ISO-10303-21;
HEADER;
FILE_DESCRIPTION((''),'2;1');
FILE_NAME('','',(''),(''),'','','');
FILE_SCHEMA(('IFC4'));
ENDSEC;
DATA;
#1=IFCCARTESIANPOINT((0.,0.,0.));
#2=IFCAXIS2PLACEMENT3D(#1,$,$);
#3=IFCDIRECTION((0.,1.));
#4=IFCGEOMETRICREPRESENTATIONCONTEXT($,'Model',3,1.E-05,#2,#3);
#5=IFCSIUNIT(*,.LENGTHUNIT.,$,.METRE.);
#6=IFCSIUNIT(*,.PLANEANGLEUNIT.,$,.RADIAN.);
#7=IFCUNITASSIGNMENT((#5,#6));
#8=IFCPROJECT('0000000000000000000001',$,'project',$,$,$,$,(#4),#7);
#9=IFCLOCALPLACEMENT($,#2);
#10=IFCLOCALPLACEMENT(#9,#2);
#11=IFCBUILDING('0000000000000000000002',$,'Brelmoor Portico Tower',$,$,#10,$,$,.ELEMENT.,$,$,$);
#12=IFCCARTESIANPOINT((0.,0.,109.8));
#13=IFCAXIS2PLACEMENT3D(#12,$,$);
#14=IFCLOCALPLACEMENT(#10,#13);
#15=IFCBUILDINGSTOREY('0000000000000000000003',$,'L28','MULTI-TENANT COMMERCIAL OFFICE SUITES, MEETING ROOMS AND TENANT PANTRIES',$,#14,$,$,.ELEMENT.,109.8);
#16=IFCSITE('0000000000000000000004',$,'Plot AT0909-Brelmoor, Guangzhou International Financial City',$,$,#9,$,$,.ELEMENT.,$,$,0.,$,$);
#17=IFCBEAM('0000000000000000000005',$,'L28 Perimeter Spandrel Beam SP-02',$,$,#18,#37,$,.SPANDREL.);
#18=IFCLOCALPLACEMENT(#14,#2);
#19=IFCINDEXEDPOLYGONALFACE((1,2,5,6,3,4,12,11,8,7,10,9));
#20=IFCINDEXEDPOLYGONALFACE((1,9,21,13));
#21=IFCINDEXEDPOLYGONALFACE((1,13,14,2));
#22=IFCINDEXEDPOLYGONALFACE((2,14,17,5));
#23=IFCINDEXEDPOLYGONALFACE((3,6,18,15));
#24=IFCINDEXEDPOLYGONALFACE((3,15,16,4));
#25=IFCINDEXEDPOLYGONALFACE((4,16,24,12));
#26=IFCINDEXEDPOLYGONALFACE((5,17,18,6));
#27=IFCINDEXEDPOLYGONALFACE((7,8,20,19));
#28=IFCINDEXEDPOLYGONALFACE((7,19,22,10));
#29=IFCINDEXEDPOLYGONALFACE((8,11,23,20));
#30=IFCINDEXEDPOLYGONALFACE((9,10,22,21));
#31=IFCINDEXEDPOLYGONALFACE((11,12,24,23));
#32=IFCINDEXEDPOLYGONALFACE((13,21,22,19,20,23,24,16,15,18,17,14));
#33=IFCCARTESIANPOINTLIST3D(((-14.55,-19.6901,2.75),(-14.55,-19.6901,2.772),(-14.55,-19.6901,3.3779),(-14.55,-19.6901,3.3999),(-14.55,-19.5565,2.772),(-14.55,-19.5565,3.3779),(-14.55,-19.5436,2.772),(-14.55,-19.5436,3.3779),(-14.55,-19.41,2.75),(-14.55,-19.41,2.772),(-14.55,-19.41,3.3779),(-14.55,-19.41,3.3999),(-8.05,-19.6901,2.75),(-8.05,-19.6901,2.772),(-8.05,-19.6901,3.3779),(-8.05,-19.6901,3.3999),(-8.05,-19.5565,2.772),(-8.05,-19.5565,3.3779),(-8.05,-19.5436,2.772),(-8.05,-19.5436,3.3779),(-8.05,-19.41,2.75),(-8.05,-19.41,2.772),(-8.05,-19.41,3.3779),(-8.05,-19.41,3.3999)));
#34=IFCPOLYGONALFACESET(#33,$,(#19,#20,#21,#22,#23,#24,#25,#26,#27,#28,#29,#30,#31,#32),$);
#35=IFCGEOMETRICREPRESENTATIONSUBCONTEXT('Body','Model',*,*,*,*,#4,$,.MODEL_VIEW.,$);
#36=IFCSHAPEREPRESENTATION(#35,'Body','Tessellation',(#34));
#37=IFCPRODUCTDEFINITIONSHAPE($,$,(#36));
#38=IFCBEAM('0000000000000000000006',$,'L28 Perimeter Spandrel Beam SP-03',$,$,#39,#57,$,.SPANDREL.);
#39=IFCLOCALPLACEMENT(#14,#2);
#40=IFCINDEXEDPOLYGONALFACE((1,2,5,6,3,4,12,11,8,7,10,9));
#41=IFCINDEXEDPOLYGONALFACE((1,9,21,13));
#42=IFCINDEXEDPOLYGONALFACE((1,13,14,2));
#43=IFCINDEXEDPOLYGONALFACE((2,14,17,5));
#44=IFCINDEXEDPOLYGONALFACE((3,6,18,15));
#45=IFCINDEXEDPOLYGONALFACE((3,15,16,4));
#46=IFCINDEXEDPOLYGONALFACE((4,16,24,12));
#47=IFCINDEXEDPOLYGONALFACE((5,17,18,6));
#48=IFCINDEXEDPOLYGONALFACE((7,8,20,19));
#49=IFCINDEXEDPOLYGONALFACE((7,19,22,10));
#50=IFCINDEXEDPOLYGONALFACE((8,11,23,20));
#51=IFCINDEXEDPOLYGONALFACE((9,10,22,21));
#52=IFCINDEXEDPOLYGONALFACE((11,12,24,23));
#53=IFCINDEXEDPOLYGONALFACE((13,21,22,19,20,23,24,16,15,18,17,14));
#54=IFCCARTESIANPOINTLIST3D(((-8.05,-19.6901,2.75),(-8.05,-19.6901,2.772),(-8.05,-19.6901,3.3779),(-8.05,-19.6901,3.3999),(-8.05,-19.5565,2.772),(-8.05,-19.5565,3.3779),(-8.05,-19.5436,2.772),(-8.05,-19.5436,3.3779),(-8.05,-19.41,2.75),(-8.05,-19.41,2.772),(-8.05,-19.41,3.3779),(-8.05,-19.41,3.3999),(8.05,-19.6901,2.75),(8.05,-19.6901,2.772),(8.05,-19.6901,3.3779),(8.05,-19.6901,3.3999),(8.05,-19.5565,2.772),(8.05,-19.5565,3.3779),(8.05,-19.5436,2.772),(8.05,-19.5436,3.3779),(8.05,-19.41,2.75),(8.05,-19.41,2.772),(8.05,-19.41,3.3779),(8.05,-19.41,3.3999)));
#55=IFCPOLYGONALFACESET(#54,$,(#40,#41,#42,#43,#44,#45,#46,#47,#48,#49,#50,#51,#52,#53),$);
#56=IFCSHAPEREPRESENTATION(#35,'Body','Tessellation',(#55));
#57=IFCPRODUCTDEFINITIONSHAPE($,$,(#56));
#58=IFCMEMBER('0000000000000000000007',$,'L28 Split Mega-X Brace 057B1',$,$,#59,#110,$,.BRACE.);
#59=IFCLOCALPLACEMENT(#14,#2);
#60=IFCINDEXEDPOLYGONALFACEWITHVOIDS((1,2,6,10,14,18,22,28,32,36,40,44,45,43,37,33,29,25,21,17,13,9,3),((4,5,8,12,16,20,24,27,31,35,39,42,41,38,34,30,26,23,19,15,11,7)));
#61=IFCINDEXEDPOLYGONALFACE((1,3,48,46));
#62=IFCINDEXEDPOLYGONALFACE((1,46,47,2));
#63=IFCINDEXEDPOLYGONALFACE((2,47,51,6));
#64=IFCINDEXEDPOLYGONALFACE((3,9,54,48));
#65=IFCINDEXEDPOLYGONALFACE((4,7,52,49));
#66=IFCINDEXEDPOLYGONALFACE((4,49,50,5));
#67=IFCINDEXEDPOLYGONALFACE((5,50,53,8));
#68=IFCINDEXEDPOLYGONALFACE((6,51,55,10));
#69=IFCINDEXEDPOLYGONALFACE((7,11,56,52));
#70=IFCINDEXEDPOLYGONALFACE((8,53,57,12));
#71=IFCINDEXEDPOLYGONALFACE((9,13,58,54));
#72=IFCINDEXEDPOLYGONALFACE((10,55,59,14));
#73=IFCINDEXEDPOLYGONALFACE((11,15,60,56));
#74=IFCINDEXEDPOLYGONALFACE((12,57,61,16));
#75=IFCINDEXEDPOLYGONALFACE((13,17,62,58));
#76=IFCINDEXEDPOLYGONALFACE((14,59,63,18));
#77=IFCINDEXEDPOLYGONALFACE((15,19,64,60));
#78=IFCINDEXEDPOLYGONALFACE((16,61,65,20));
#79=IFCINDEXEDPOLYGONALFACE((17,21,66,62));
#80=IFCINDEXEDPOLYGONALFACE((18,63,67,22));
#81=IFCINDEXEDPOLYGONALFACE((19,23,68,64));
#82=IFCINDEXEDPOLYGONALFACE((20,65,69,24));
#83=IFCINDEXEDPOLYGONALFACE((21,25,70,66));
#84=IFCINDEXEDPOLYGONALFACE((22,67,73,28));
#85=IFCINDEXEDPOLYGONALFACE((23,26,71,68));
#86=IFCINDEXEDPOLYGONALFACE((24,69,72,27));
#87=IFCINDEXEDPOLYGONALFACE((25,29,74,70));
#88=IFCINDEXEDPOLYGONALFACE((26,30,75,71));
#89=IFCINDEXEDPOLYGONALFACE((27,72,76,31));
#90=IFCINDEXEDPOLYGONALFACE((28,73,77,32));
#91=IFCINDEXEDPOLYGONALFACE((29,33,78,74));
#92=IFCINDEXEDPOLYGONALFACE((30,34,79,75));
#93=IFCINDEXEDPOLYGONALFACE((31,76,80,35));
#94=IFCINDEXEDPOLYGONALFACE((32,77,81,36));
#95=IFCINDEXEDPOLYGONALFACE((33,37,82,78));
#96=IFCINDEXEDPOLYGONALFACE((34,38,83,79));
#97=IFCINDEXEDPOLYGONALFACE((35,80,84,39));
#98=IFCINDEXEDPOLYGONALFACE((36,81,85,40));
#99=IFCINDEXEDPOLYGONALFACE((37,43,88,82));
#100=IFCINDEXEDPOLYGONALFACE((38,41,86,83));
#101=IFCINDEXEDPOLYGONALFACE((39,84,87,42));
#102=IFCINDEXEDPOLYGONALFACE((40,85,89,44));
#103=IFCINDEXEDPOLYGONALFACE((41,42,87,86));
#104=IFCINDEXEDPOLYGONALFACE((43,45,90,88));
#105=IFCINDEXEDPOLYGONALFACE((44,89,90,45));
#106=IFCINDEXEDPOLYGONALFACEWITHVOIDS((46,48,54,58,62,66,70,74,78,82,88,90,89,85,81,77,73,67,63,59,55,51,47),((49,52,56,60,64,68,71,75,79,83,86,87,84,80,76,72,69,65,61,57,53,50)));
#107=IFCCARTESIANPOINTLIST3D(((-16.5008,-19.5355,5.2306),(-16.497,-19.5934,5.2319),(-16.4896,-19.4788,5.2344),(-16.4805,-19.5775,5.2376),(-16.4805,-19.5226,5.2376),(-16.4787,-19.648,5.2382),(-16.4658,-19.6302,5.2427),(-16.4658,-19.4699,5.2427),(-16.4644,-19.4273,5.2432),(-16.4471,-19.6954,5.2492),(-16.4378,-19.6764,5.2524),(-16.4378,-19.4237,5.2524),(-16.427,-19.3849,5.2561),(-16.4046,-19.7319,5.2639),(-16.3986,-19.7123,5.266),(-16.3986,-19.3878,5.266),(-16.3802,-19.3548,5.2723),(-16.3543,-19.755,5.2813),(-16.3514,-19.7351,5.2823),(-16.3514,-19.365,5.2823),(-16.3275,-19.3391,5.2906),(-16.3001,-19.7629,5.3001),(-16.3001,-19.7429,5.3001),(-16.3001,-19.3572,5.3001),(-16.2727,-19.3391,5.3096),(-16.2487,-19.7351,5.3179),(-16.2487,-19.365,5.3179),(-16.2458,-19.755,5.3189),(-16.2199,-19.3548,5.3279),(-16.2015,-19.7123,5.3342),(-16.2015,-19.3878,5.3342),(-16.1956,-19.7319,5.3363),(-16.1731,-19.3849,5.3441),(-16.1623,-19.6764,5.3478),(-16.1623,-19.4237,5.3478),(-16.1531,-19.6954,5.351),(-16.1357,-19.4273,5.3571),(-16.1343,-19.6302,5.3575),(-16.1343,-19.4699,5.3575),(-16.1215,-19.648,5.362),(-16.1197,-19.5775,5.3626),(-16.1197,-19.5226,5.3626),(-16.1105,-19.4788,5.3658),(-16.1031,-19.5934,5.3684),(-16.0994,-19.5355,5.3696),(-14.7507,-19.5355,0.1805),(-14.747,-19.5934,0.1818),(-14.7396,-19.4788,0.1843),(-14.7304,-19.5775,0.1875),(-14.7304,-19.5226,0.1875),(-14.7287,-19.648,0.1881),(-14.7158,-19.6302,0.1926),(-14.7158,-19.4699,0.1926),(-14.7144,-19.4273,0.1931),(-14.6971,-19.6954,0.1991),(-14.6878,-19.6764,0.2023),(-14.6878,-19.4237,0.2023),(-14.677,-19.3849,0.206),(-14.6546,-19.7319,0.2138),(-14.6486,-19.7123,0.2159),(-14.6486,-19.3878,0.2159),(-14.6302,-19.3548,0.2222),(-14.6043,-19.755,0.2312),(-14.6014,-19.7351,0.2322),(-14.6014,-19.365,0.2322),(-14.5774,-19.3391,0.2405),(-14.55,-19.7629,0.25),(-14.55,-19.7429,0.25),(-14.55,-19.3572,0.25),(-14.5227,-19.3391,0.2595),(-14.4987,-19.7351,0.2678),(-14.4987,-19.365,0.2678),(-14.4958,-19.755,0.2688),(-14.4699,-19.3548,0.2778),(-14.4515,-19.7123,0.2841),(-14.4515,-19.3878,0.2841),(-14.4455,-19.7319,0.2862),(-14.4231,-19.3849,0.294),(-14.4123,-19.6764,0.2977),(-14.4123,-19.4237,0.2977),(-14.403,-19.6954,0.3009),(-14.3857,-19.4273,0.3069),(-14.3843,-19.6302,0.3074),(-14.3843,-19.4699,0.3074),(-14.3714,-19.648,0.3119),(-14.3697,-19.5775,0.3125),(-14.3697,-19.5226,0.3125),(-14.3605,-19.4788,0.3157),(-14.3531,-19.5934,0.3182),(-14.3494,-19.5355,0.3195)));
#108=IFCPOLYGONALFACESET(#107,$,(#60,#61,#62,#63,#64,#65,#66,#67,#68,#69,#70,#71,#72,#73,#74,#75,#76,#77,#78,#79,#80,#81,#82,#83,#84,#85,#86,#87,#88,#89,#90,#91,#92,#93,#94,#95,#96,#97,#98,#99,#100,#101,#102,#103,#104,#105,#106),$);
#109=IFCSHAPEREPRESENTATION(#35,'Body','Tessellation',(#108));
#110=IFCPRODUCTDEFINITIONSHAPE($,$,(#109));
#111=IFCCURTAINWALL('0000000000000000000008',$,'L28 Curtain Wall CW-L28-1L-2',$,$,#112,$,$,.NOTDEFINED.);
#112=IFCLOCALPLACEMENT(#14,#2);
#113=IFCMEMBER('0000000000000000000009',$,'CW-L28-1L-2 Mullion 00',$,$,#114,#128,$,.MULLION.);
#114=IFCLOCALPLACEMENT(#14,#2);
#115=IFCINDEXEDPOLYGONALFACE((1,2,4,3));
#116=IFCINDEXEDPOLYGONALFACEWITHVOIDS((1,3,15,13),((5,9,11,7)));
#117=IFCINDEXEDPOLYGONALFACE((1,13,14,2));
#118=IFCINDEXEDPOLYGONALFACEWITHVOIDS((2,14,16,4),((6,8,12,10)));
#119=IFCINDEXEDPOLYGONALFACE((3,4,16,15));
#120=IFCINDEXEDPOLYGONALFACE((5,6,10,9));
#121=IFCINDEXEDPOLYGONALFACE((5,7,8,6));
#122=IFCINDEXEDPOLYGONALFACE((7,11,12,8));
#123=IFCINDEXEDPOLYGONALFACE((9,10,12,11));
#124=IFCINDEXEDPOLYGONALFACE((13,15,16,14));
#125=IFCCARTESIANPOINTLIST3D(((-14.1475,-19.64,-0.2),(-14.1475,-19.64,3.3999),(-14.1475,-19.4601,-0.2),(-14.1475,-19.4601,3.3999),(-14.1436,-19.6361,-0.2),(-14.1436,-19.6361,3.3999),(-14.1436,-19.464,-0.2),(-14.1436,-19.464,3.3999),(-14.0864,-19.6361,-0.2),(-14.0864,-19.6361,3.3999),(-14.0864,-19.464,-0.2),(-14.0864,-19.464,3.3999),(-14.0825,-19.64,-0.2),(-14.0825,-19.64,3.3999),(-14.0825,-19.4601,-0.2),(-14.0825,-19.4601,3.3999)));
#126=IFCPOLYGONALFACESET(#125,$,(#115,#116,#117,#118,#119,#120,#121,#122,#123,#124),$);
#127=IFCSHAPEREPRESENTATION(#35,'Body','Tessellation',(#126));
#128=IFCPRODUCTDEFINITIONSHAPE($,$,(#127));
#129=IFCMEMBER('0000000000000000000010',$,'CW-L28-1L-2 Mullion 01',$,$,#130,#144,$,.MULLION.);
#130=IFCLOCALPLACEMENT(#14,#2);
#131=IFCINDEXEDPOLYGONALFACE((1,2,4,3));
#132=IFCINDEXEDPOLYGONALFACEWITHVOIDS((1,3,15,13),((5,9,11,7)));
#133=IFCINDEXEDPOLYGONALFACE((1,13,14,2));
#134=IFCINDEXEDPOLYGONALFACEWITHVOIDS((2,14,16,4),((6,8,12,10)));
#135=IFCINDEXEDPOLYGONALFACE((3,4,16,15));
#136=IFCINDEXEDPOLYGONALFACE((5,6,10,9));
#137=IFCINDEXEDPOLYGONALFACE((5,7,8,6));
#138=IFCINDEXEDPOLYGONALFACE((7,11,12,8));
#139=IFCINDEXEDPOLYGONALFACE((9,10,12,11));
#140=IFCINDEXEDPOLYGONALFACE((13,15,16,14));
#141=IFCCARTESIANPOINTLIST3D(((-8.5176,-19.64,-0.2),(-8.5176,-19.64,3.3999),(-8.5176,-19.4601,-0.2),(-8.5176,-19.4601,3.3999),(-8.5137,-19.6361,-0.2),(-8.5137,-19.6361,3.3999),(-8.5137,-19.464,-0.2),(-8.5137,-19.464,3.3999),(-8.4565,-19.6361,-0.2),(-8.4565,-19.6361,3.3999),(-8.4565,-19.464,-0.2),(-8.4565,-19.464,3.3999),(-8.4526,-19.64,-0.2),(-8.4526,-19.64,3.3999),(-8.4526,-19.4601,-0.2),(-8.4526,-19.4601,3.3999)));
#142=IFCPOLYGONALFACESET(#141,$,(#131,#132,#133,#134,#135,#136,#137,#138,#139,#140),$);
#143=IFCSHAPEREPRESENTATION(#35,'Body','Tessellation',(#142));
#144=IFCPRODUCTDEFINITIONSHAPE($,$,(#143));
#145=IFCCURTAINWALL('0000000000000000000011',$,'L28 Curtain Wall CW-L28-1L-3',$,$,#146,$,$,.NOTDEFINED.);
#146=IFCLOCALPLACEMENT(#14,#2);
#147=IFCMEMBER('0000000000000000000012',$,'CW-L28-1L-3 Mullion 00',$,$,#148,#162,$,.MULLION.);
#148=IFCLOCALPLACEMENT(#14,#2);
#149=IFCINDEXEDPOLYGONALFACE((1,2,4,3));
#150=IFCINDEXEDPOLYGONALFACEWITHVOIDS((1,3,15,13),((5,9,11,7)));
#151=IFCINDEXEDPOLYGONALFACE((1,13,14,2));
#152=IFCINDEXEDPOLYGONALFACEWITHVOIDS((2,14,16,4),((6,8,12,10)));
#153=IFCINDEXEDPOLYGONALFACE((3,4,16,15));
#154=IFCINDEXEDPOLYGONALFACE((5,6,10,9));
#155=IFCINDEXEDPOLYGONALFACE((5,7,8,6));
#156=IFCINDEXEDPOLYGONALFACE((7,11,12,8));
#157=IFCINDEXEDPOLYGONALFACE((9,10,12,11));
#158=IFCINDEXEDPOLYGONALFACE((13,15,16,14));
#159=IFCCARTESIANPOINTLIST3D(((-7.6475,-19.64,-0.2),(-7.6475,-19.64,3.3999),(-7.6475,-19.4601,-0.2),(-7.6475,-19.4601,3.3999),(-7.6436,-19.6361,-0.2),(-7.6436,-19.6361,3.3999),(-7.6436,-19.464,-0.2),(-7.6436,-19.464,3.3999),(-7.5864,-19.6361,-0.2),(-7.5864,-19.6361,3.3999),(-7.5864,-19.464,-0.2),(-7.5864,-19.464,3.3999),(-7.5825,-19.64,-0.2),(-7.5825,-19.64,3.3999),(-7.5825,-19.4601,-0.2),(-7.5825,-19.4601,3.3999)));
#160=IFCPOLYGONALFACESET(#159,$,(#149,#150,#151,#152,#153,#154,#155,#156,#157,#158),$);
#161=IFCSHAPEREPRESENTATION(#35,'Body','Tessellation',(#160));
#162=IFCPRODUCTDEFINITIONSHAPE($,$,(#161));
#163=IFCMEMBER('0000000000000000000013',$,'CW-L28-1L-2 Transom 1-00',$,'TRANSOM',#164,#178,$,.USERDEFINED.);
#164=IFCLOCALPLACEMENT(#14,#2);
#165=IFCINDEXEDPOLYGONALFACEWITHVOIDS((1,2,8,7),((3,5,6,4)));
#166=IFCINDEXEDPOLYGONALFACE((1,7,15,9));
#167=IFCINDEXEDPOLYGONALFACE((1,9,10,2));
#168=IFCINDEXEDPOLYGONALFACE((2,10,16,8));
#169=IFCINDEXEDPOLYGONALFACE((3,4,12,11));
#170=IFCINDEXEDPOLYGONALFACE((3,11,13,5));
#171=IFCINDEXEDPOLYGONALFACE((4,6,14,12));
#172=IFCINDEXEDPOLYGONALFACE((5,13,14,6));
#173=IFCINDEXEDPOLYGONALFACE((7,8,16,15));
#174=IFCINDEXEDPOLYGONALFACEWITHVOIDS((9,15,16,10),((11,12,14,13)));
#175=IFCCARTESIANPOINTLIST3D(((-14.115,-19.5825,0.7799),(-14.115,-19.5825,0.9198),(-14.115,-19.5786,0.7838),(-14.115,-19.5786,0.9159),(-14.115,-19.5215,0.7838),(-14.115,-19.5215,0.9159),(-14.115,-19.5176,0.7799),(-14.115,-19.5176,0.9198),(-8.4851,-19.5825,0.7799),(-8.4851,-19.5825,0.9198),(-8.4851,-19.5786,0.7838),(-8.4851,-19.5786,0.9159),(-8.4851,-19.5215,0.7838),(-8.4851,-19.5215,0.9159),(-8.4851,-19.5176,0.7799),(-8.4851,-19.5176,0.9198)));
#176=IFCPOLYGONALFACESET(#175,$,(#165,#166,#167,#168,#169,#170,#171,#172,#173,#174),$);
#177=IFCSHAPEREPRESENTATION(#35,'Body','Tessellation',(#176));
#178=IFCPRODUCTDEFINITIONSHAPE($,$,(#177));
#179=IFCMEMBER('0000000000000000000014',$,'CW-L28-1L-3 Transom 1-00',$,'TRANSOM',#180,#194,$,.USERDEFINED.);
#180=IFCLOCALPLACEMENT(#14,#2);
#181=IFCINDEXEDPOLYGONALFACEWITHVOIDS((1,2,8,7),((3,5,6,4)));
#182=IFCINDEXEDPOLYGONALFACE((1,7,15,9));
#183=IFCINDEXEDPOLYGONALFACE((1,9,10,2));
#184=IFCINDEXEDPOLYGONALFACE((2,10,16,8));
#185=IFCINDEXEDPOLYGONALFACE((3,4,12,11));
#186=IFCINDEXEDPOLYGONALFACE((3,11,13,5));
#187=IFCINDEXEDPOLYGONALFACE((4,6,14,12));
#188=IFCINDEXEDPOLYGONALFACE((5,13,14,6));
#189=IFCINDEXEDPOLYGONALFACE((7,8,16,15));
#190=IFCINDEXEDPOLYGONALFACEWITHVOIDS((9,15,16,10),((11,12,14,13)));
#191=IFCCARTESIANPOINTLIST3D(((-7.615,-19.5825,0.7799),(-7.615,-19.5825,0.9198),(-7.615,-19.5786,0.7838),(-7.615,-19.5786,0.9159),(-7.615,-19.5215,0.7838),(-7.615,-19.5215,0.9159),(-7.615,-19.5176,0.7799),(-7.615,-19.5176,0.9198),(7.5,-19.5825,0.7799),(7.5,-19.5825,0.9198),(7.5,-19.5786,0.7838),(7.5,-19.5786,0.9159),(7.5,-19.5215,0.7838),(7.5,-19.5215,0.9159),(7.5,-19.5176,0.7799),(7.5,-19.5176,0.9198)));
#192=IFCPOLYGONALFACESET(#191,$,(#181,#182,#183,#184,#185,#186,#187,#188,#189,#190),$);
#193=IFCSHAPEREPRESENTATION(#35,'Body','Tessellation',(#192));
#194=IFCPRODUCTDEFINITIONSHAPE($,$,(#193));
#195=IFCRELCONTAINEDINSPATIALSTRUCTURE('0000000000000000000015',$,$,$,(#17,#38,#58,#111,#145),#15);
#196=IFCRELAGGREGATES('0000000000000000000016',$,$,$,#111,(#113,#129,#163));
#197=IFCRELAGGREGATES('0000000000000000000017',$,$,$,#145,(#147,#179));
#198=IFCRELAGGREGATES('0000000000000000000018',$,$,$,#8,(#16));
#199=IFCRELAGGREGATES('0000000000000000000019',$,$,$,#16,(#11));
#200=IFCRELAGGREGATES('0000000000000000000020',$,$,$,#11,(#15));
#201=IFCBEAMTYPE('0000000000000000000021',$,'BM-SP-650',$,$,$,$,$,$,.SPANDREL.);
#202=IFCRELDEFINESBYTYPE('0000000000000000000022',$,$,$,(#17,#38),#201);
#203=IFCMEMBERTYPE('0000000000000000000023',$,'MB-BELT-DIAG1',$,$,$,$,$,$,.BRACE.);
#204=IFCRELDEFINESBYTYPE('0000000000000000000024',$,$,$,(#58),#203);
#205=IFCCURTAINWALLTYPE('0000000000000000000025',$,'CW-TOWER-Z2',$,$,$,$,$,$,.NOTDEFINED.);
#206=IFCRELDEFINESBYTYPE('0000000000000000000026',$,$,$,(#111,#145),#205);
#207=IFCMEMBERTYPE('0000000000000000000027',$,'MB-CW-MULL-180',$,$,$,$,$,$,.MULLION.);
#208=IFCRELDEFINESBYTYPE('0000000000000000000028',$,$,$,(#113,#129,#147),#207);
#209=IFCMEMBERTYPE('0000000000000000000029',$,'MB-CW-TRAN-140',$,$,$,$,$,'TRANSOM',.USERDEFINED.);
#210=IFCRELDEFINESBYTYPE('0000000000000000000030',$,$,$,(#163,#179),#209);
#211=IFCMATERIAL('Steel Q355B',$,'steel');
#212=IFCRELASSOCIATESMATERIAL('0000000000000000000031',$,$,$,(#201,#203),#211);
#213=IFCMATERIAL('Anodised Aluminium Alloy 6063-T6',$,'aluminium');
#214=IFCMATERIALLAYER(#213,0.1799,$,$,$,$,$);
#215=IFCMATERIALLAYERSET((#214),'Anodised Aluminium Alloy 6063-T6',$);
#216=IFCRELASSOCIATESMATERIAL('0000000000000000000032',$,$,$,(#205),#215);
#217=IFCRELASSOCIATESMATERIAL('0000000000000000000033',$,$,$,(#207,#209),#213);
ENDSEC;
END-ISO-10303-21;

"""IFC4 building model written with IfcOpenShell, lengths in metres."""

from ifc_helpers import new_model, si_unit, direction, frame, origin, origin_2d, place, context, subcontext, project, spatial, hollow_rectangle, hollow_circle, i_section, extrude, material, layer, layer_set, material_profile, profile_set, type_object, element, aggregate, save


model = new_model("IFC4")

# Units and contexts
model_context = context("Model", 3, precision=1e-05, world=origin(), true_north=direction((0.0, 1.0)))
body_context = subcontext(model_context, "Body", "Model", "MODEL_VIEW")
ifc_project = project(units=[si_unit("LENGTHUNIT", "METRE"), si_unit("PLANEANGLEUNIT", "RADIAN")], contexts=[model_context])

# Site, building, storey
site_placement = place(None, origin())
site = spatial("IfcSite", under=ifc_project, at=site_placement, Name="Plot AT0909-Brelmoor, Guangzhou International Financial City", CompositionType="ELEMENT", RefElevation=0.0)
building_placement = place(site_placement, origin())
building = spatial("IfcBuilding", under=site, at=building_placement, Name="Brelmoor Portico Tower", CompositionType="ELEMENT")
storey_placement = place(building_placement, frame((0.0, 0.0, 109.8)))
storey = spatial("IfcBuildingStorey", under=building, at=storey_placement, Name="L28", Description="MULTI-TENANT COMMERCIAL OFFICE SUITES, MEETING ROOMS AND TENANT PANTRIES", CompositionType="ELEMENT", Elevation=109.8)

# Shared definitions
ifc_material_1 = material(Name="Steel Q355B", Category="steel")

# Beams
ifc_material_profile_1 = material_profile(ifc_material_1, i_section(OverallWidth=0.28, OverallDepth=0.6499, WebThickness=0.0129, FlangeThickness=0.022, at=origin_2d()), Name="HN 650x280x13x22")
ifc_profile_set_1 = profile_set([ifc_material_profile_1], Name="Steel Q355B")
beam_type_1 = type_object("IfcBeamType", Name="BM-SP-650", PredefinedType="SPANDREL", material=ifc_profile_set_1)
beam_1_placement = place(storey_placement, frame((-14.55, -19.55, 3.075), z_axis=(1.0, 0.0, 0.0), x_axis=(0.0, 1.0, 0.0)))
element("IfcBeam", 1, at=beam_1_placement, inside=storey, type_object=beam_type_1, Name="L28 Perimeter Spandrel Beam SP-02", PredefinedType="SPANDREL", context=body_context, shape_type="SweptSolid", body=[
    extrude(i_section(OverallWidth=0.28, OverallDepth=0.6499, WebThickness=0.0129, FlangeThickness=0.022, at=origin_2d()), origin(), (0.0, 0.0, 1.0), 6.5),
])
beam_2_placement = place(storey_placement, frame((-8.05, -19.55, 3.075), z_axis=(1.0, 0.0, 0.0), x_axis=(0.0, 1.0, 0.0)))
element("IfcBeam", 2, at=beam_2_placement, inside=storey, type_object=beam_type_1, Name="L28 Perimeter Spandrel Beam SP-03", PredefinedType="SPANDREL", context=body_context, shape_type="SweptSolid", body=[
    extrude(i_section(OverallWidth=0.28, OverallDepth=0.6499, WebThickness=0.0129, FlangeThickness=0.022, at=origin_2d()), origin(), (0.0, 0.0, 1.0), 16.1001),
])

# Member
ifc_material_profile_2 = material_profile(ifc_material_1, hollow_circle(Radius=0.2129, WallThickness=0.02, at=origin_2d()), Name="CHS 426x20")
ifc_profile_set_2 = profile_set([ifc_material_profile_2], Name="Steel Q355B")
member_type_1 = type_object("IfcMemberType", Name="MB-BELT-DIAG1", PredefinedType="BRACE", material=ifc_profile_set_2)
member_1_placement = place(storey_placement, frame((-14.55, -19.55, 0.25), z_axis=(-0.327429, 0.0, 0.944876), x_axis=(0.0, -1.0, 0.0)))
element("IfcMember", 3, at=member_1_placement, inside=storey, type_object=member_type_1, Name="L28 Split Mega-X Brace 057B1", PredefinedType="BRACE", context=body_context, shape_type="SweptSolid", body=[
    extrude(hollow_circle(Radius=0.2129, WallThickness=0.02, at=origin_2d()), origin(), (0.0, 0.0, 1.0), 5.3447),
])

# Curtain wall, members
ifc_material_2 = material(Name="Anodised Aluminium Alloy 6063-T6", Category="aluminium")
ifc_layer_1 = layer(ifc_material_2, 0.1799)
ifc_layer_set_1 = layer_set([ifc_layer_1], Name="Anodised Aluminium Alloy 6063-T6")
curtain_wall_type = type_object("IfcCurtainWallType", Name="CW-TOWER-Z2", PredefinedType="NOTDEFINED", material=ifc_layer_set_1)
curtain_wall_1_placement = place(storey_placement, origin())
curtain_wall_1 = element("IfcCurtainWall", 4, at=curtain_wall_1_placement, inside=storey, type_object=curtain_wall_type, Name="L28 Curtain Wall CW-L28-1L-2", PredefinedType="NOTDEFINED")
ifc_material_profile_3 = material_profile(ifc_material_2, hollow_rectangle(XDim=0.0649, YDim=0.1799, WallThickness=0.0039, at=origin_2d()), Name="ALU MULLION 65x180")
ifc_profile_set_3 = profile_set([ifc_material_profile_3], Name="Anodised Aluminium Alloy 6063-T6")
member_type_2 = type_object("IfcMemberType", Name="MB-CW-MULL-180", PredefinedType="MULLION", material=ifc_profile_set_3)
member_2_placement = place(storey_placement, frame((-14.115, -19.55, -0.2), z_axis=(0.0, 0.0, 1.0), x_axis=(1.0, 0.0, 0.0)))
member_2 = element("IfcMember", 5, at=member_2_placement, type_object=member_type_2, Name="CW-L28-1L-2 Mullion 00", PredefinedType="MULLION", context=body_context, shape_type="SweptSolid", body=[
    extrude(hollow_rectangle(XDim=0.0649, YDim=0.1799, WallThickness=0.0039, at=origin_2d()), origin(), (0.0, 0.0, 1.0), 3.5999),
])
member_3_placement = place(storey_placement, frame((-8.4851, -19.55, -0.2), z_axis=(0.0, 0.0, 1.0), x_axis=(1.0, 0.0, 0.0)))
member_3 = element("IfcMember", 6, at=member_3_placement, type_object=member_type_2, Name="CW-L28-1L-2 Mullion 01", PredefinedType="MULLION", context=body_context, shape_type="SweptSolid", body=[
    extrude(hollow_rectangle(XDim=0.0649, YDim=0.1799, WallThickness=0.0039, at=origin_2d()), origin(), (0.0, 0.0, 1.0), 3.5999),
])

# Curtain wall, member
curtain_wall_2_placement = place(storey_placement, origin())
curtain_wall_2 = element("IfcCurtainWall", 7, at=curtain_wall_2_placement, inside=storey, type_object=curtain_wall_type, Name="L28 Curtain Wall CW-L28-1L-3", PredefinedType="NOTDEFINED")
member_4_placement = place(storey_placement, frame((-7.615, -19.55, -0.2), z_axis=(0.0, 0.0, 1.0), x_axis=(1.0, 0.0, 0.0)))
member_4 = element("IfcMember", 8, at=member_4_placement, type_object=member_type_2, Name="CW-L28-1L-3 Mullion 00", PredefinedType="MULLION", context=body_context, shape_type="SweptSolid", body=[
    extrude(hollow_rectangle(XDim=0.0649, YDim=0.1799, WallThickness=0.0039, at=origin_2d()), origin(), (0.0, 0.0, 1.0), 3.5999),
])

# Members
ifc_material_profile_4 = material_profile(ifc_material_2, hollow_rectangle(XDim=0.0649, YDim=0.1399, WallThickness=0.0039, at=origin_2d()), Name="ALU TRANSOM 65x140")
ifc_profile_set_4 = profile_set([ifc_material_profile_4], Name="Anodised Aluminium Alloy 6063-T6")
member_type_3 = type_object("IfcMemberType", Name="MB-CW-TRAN-140", ElementType="TRANSOM", PredefinedType="USERDEFINED", material=ifc_profile_set_4)
member_5_placement = place(storey_placement, frame((-14.115, -19.55, 0.8499), z_axis=(1.0, 0.0, 0.0), x_axis=(0.0, 1.0, 0.0)))
member_5 = element("IfcMember", 9, at=member_5_placement, type_object=member_type_3, Name="CW-L28-1L-2 Transom 1-00", ObjectType="TRANSOM", PredefinedType="USERDEFINED", context=body_context, shape_type="SweptSolid", body=[
    extrude(hollow_rectangle(XDim=0.0649, YDim=0.1399, WallThickness=0.0039, at=origin_2d()), origin(), (0.0, 0.0, 1.0), 5.6299),
])
member_6_placement = place(storey_placement, frame((-7.615, -19.55, 0.8499), z_axis=(1.0, 0.0, 0.0), x_axis=(0.0, 1.0, 0.0)))
member_6 = element("IfcMember", 10, at=member_6_placement, type_object=member_type_3, Name="CW-L28-1L-3 Transom 1-00", ObjectType="TRANSOM", PredefinedType="USERDEFINED", context=body_context, shape_type="SweptSolid", body=[
    extrude(hollow_rectangle(XDim=0.0649, YDim=0.1399, WallThickness=0.0039, at=origin_2d()), origin(), (0.0, 0.0, 1.0), 15.115),
])

aggregate(curtain_wall_1, [member_2, member_3, member_5])
aggregate(curtain_wall_2, [member_4, member_6])

save(model, "model.ifc")
